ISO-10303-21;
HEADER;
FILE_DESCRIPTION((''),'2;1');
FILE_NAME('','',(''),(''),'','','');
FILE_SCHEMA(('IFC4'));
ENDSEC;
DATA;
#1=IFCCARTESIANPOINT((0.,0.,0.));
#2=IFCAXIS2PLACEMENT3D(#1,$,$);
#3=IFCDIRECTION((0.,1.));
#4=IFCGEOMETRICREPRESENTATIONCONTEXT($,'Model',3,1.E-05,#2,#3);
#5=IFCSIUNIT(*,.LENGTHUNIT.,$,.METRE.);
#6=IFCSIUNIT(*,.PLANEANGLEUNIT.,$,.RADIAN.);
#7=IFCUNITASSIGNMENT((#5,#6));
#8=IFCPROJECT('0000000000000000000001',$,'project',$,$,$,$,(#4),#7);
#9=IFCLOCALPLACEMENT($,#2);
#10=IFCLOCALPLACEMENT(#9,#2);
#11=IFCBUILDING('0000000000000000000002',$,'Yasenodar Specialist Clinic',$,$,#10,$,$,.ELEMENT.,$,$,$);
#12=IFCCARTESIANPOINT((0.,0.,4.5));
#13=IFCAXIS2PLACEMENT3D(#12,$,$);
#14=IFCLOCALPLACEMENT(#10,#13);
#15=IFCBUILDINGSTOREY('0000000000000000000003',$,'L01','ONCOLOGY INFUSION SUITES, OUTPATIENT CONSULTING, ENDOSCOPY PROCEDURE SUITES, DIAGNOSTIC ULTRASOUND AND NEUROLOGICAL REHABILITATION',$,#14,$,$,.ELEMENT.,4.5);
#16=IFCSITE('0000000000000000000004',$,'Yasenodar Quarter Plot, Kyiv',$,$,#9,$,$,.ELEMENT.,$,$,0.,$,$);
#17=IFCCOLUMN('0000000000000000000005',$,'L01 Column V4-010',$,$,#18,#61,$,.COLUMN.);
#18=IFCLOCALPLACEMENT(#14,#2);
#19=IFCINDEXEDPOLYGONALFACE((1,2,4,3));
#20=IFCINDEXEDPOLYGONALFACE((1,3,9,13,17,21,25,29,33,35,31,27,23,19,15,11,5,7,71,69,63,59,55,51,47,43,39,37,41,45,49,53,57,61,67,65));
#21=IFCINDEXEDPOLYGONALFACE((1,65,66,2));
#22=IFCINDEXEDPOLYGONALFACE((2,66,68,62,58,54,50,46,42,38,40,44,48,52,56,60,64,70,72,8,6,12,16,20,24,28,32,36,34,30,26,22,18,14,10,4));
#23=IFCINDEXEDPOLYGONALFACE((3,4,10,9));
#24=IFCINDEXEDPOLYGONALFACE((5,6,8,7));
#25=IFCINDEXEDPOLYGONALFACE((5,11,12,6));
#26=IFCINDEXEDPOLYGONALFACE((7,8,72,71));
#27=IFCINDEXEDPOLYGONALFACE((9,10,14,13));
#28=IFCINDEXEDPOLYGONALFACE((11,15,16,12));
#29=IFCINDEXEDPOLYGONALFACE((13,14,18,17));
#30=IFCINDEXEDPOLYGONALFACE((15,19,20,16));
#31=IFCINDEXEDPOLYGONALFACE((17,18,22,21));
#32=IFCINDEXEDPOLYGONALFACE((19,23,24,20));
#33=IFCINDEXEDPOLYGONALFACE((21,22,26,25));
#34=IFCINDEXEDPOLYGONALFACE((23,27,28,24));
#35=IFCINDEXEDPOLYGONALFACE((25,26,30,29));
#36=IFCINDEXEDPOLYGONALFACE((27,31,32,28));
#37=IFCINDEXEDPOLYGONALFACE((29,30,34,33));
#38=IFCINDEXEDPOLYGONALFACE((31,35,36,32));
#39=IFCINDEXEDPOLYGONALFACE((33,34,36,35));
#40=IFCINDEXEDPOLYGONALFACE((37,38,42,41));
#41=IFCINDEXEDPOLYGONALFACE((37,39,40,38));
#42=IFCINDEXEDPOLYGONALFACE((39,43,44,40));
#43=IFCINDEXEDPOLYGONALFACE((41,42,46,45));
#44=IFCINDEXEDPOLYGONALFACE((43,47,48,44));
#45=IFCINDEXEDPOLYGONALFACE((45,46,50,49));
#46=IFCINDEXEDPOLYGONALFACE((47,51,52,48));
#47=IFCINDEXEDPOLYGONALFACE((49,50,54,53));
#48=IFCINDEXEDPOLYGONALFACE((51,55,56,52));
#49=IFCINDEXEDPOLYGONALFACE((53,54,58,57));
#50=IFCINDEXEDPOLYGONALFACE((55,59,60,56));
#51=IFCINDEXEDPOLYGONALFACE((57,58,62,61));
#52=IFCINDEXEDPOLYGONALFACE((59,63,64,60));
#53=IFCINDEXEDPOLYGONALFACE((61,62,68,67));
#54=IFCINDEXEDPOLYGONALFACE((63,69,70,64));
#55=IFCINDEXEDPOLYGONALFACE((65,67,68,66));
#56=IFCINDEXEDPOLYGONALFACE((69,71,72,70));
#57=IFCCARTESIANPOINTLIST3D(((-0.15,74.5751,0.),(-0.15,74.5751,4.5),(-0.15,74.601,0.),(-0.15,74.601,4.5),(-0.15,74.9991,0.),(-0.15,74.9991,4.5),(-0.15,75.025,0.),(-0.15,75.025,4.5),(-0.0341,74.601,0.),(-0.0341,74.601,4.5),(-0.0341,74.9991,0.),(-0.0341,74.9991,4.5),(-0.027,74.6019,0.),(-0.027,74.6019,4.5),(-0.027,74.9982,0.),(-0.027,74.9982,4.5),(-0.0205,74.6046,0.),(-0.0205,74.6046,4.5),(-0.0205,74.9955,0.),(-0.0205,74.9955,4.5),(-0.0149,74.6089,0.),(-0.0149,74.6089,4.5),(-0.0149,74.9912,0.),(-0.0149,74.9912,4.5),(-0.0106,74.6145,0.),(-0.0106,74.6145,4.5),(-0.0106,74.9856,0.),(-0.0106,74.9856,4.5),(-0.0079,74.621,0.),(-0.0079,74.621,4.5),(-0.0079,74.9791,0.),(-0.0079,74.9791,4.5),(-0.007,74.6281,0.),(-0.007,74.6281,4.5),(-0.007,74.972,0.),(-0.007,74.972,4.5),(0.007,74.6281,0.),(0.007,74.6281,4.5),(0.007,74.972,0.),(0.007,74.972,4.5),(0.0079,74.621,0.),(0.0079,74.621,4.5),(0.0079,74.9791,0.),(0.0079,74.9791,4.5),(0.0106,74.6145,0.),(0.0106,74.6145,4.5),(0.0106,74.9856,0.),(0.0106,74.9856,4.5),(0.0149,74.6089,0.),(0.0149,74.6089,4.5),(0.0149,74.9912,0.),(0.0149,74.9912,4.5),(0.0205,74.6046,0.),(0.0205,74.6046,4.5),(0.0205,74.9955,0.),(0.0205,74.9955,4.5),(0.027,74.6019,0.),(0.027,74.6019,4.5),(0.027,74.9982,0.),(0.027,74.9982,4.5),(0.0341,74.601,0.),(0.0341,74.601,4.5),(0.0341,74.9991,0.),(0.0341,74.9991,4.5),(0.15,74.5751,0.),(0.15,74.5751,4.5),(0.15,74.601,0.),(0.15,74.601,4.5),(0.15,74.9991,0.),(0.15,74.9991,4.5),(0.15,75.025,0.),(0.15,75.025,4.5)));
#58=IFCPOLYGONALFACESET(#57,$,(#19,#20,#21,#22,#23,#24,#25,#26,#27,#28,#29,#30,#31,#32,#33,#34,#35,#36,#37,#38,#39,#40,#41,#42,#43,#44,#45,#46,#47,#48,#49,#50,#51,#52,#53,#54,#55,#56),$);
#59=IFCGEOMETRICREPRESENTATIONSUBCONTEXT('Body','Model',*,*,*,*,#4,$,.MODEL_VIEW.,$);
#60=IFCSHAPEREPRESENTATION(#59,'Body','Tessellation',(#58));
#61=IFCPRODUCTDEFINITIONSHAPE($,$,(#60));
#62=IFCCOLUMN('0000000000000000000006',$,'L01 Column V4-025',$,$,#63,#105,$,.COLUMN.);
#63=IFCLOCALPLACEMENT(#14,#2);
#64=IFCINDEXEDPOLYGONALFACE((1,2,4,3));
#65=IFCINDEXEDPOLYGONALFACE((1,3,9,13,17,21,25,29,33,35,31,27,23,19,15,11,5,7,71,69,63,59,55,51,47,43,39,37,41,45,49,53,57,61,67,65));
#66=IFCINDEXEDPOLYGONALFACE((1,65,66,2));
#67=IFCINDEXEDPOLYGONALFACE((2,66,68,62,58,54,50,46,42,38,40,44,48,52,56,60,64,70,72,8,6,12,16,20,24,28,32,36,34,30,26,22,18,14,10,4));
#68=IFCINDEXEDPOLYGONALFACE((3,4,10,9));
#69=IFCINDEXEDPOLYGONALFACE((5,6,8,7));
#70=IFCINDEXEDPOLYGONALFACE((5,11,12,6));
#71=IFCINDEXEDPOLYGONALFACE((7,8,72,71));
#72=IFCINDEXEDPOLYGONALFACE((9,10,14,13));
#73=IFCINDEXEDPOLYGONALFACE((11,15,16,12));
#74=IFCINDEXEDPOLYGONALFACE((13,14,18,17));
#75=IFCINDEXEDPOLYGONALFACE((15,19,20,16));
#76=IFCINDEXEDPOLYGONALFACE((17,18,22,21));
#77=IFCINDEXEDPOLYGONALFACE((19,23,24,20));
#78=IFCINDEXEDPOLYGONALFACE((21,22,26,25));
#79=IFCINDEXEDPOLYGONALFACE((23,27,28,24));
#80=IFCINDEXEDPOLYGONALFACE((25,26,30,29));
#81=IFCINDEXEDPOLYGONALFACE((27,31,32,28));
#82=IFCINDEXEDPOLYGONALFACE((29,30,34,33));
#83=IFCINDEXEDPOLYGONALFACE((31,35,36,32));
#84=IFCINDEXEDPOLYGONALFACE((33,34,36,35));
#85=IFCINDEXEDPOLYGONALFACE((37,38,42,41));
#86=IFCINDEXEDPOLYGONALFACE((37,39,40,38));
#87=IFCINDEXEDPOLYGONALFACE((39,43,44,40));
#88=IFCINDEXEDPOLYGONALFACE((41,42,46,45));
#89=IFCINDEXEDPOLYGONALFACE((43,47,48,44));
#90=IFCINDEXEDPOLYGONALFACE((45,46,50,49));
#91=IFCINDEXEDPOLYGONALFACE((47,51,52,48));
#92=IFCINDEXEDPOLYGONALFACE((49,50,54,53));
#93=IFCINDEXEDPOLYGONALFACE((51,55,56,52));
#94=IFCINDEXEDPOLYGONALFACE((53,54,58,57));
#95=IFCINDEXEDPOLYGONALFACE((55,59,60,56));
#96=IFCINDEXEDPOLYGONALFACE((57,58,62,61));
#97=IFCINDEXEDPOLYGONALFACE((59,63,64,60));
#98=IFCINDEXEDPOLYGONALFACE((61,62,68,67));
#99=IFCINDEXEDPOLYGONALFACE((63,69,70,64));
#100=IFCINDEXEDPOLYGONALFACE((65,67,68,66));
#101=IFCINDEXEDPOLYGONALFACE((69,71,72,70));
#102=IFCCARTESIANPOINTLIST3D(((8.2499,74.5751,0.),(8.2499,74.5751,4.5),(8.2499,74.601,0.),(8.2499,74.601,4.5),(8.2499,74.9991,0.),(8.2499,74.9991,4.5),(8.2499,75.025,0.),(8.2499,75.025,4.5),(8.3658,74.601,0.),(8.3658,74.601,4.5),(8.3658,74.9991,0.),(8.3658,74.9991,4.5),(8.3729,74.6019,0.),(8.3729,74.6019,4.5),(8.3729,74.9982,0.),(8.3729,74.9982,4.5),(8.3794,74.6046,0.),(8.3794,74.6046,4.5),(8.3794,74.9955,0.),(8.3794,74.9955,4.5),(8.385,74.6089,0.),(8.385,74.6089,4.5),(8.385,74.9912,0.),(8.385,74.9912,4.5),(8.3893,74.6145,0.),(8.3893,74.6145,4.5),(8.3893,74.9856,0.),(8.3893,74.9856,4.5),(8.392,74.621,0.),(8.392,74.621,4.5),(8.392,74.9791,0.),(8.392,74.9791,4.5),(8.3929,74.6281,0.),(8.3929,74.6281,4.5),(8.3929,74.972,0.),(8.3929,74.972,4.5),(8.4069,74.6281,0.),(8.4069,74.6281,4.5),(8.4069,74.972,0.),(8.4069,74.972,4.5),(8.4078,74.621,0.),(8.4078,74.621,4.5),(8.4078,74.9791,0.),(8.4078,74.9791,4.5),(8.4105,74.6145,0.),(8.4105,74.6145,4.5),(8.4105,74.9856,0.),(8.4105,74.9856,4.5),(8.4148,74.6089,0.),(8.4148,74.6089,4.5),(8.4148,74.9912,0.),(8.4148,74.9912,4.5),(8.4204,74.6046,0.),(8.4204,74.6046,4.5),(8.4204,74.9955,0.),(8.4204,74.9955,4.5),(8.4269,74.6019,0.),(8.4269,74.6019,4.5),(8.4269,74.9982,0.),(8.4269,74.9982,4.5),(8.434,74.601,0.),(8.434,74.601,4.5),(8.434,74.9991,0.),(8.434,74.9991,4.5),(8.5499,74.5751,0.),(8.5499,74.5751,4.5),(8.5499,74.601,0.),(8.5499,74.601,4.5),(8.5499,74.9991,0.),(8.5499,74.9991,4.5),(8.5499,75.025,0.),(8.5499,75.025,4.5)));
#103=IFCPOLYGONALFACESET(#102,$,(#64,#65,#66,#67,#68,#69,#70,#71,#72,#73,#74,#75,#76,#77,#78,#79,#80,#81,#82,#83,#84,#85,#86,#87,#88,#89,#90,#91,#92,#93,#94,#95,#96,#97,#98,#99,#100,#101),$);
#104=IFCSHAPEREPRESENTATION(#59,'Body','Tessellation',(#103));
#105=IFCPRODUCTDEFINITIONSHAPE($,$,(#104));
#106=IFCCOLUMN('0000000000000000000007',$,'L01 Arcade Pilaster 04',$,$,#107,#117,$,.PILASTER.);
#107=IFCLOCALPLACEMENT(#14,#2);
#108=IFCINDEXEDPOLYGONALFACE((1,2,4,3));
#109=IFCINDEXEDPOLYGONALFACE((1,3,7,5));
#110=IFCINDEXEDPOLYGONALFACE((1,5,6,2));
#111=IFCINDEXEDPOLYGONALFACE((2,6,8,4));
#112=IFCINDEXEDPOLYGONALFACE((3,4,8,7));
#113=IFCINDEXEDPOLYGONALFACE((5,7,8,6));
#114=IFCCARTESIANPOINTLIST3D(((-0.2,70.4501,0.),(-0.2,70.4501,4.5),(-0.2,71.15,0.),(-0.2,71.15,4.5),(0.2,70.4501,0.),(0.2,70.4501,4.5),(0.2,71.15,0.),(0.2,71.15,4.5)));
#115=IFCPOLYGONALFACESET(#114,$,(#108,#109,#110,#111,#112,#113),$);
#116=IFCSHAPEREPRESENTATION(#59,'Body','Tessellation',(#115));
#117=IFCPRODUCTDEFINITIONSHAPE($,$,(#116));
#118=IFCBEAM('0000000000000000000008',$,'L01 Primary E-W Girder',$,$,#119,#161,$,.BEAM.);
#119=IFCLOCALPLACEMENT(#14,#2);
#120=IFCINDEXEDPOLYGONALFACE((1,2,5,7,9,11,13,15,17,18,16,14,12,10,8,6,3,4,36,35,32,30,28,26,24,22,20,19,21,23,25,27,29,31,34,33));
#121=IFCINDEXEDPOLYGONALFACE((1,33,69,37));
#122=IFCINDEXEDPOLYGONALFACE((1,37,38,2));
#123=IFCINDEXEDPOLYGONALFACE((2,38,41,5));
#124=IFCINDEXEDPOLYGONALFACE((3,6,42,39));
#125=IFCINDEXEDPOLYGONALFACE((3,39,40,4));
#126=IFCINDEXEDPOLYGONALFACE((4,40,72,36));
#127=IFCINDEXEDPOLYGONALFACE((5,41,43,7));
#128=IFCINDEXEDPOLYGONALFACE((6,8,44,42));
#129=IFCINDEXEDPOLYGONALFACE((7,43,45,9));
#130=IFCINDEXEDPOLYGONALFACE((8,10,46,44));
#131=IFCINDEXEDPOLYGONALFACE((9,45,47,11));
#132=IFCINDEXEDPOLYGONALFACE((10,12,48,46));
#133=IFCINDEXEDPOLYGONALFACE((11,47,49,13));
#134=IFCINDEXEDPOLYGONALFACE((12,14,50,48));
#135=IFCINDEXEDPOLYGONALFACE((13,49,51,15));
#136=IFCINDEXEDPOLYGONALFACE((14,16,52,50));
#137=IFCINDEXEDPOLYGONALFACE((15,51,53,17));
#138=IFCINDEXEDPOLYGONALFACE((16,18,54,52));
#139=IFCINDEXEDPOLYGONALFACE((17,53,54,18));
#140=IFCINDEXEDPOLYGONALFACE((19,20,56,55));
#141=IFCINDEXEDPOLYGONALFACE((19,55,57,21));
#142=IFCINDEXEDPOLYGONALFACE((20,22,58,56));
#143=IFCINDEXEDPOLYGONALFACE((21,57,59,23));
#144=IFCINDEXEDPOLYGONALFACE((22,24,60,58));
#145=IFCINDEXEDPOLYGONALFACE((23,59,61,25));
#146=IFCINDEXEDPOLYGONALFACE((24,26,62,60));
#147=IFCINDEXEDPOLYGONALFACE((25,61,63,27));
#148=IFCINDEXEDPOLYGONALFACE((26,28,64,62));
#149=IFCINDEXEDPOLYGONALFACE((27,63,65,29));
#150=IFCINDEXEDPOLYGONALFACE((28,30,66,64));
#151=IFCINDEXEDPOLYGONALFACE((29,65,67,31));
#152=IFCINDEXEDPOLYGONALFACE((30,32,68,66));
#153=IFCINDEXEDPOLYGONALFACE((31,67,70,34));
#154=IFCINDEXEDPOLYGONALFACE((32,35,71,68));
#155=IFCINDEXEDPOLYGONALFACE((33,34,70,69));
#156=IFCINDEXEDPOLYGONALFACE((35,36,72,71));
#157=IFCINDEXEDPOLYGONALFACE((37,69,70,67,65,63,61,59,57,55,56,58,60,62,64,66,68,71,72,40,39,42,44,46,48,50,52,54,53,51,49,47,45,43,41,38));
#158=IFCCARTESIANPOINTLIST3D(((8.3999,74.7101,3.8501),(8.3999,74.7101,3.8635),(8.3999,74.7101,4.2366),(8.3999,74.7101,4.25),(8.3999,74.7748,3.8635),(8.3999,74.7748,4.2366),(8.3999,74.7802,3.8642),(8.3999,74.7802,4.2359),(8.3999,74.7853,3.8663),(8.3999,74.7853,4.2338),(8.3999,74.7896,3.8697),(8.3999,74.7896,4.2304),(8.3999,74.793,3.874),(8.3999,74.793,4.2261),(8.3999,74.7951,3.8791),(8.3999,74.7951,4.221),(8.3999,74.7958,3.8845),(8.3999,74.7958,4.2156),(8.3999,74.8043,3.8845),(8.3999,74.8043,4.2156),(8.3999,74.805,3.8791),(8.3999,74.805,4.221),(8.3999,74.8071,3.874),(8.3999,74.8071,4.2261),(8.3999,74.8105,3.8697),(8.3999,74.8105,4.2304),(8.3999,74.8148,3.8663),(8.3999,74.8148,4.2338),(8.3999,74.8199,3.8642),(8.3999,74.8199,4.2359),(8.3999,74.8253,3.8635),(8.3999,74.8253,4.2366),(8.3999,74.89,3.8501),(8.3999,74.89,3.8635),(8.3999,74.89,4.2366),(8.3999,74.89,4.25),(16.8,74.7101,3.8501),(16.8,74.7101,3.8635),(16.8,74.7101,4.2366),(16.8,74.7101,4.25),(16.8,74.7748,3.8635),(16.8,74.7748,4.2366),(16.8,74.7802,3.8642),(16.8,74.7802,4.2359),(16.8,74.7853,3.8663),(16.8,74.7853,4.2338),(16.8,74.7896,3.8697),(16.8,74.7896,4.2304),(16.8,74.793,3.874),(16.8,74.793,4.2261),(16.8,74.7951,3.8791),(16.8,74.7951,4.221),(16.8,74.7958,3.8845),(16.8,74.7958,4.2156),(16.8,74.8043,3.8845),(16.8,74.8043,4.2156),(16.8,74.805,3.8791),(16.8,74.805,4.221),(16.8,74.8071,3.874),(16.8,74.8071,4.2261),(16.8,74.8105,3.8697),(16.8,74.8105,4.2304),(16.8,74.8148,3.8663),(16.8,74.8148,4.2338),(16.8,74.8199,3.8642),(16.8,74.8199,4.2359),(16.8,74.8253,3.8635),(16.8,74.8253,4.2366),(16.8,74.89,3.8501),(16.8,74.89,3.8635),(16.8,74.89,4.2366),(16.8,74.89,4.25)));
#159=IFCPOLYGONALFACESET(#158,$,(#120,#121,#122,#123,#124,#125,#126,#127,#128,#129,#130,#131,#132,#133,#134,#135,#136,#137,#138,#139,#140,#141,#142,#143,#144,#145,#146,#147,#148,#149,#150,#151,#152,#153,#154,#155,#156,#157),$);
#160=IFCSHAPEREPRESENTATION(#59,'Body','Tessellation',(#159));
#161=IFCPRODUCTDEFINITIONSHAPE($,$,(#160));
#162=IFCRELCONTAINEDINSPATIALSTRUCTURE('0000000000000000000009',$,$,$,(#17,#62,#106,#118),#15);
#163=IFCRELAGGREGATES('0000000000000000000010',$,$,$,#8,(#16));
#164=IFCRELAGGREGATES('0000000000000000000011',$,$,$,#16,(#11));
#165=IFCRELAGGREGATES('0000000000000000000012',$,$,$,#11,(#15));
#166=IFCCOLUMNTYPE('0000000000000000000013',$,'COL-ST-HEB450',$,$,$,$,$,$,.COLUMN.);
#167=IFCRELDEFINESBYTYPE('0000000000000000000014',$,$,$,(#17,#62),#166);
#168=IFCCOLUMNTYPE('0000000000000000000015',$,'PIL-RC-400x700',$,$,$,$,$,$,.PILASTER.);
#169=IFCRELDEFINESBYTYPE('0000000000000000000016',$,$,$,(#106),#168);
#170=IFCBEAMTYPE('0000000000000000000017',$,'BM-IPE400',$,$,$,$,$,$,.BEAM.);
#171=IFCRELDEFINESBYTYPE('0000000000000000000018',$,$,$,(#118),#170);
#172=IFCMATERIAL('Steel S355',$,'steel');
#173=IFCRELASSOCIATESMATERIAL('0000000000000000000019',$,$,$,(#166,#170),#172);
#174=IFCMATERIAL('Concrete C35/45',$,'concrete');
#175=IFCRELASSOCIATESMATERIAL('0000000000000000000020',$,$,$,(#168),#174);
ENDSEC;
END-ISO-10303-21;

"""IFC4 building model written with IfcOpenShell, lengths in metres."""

from ifc_helpers import new_model, si_unit, direction, frame, origin, origin_2d, place, context, subcontext, project, spatial, rectangle, i_section, extrude, material, material_profile, profile_set, type_object, element, save


model = new_model("IFC4")

# Units and contexts
model_context = context("Model", 3, precision=1e-05, world=origin(), true_north=direction((0.0, 1.0)))
body_context = subcontext(model_context, "Body", "Model", "MODEL_VIEW")
ifc_project = project(units=[si_unit("LENGTHUNIT", "METRE"), si_unit("PLANEANGLEUNIT", "RADIAN")], contexts=[model_context])

# Site, building, storey
site_placement = place(None, origin())
site = spatial("IfcSite", under=ifc_project, at=site_placement, Name="Yasenodar Quarter Plot, Kyiv", CompositionType="ELEMENT", RefElevation=0.0)
building_placement = place(site_placement, origin())
building = spatial("IfcBuilding", under=site, at=building_placement, Name="Yasenodar Specialist Clinic", CompositionType="ELEMENT")
storey_placement = place(building_placement, frame((0.0, 0.0, 4.5)))
storey = spatial("IfcBuildingStorey", under=building, at=storey_placement, Name="L01", Description="ONCOLOGY INFUSION SUITES, OUTPATIENT CONSULTING, ENDOSCOPY PROCEDURE SUITES, DIAGNOSTIC ULTRASOUND AND NEUROLOGICAL REHABILITATION", CompositionType="ELEMENT", Elevation=4.5)

# Columns
ifc_material_1 = material(Name="Steel S355", Category="steel")
ifc_material_profile_1 = material_profile(ifc_material_1, i_section(OverallWidth=0.3, OverallDepth=0.45, WebThickness=0.0139, FlangeThickness=0.0259, FilletRadius=0.0271, at=origin_2d()), Name="HEB 450")
ifc_profile_set_1 = profile_set([ifc_material_profile_1], Name="Steel S355")
column_type_1 = type_object("IfcColumnType", Name="COL-ST-HEB450", PredefinedType="COLUMN", material=ifc_profile_set_1)
for number, where, z_axis, x_axis, name in (
    (1, (0.0, 74.8, 0.0), (0.0, 0.0, 1.0), (1.0, 0.0, 0.0), "L01 Column V4-010"),
    (2, (8.3999, 74.8, 0.0), (0.0, 0.0, 1.0), (1.0, 0.0, 0.0), "L01 Column V4-025"),
):
    element("IfcColumn", number, at=place(storey_placement, frame(where, z_axis=z_axis, x_axis=x_axis)), inside=storey, type_object=column_type_1, Name=name, PredefinedType="COLUMN", context=body_context, shape_type="SweptSolid", body=[
        extrude(i_section(OverallWidth=0.3, OverallDepth=0.45, WebThickness=0.0139, FlangeThickness=0.0259, FilletRadius=0.0271, at=origin_2d()), origin(), (0.0, 0.0, 1.0), 4.5),
    ])
ifc_material_2 = material(Name="Concrete C35/45", Category="concrete")
ifc_material_profile_2 = material_profile(ifc_material_2, rectangle(XDim=0.3999, YDim=0.7, at=origin_2d()), Name="RC 400x700")
ifc_profile_set_2 = profile_set([ifc_material_profile_2], Name="Concrete C35/45")
column_type_2 = type_object("IfcColumnType", Name="PIL-RC-400x700", PredefinedType="PILASTER", material=ifc_profile_set_2)
column_placement = place(storey_placement, frame((0.0, 70.8, 0.0), z_axis=(0.0, 0.0, 1.0), x_axis=(1.0, 0.0, 0.0)))
element("IfcColumn", 3, at=column_placement, inside=storey, type_object=column_type_2, Name="L01 Arcade Pilaster 04", PredefinedType="PILASTER", context=body_context, shape_type="SweptSolid", body=[
    extrude(rectangle(XDim=0.3999, YDim=0.7, at=origin_2d()), origin(), (0.0, 0.0, 1.0), 4.5),
])

# Beam
ifc_material_profile_3 = material_profile(ifc_material_1, i_section(OverallWidth=0.1799, OverallDepth=0.3999, WebThickness=0.0085, FlangeThickness=0.0134, FilletRadius=0.021, at=origin_2d()), Name="IPE 400")
ifc_profile_set_3 = profile_set([ifc_material_profile_3], Name="Steel S355")
beam_type_1 = type_object("IfcBeamType", Name="BM-IPE400", PredefinedType="BEAM", material=ifc_profile_set_3)
beam_1_placement = place(storey_placement, frame((8.3999, 74.8, 4.05), z_axis=(1.0, 0.0, 0.0), x_axis=(0.0, 1.0, 0.0)))
element("IfcBeam", 4, at=beam_1_placement, inside=storey, type_object=beam_type_1, Name="L01 Primary E-W Girder", PredefinedType="BEAM", context=body_context, shape_type="SweptSolid", body=[
    extrude(i_section(OverallWidth=0.1799, OverallDepth=0.3999, WebThickness=0.0085, FlangeThickness=0.0134, FilletRadius=0.021, at=origin_2d()), origin(), (0.0, 0.0, 1.0), 8.4001),
])

save(model, "model.ifc")
